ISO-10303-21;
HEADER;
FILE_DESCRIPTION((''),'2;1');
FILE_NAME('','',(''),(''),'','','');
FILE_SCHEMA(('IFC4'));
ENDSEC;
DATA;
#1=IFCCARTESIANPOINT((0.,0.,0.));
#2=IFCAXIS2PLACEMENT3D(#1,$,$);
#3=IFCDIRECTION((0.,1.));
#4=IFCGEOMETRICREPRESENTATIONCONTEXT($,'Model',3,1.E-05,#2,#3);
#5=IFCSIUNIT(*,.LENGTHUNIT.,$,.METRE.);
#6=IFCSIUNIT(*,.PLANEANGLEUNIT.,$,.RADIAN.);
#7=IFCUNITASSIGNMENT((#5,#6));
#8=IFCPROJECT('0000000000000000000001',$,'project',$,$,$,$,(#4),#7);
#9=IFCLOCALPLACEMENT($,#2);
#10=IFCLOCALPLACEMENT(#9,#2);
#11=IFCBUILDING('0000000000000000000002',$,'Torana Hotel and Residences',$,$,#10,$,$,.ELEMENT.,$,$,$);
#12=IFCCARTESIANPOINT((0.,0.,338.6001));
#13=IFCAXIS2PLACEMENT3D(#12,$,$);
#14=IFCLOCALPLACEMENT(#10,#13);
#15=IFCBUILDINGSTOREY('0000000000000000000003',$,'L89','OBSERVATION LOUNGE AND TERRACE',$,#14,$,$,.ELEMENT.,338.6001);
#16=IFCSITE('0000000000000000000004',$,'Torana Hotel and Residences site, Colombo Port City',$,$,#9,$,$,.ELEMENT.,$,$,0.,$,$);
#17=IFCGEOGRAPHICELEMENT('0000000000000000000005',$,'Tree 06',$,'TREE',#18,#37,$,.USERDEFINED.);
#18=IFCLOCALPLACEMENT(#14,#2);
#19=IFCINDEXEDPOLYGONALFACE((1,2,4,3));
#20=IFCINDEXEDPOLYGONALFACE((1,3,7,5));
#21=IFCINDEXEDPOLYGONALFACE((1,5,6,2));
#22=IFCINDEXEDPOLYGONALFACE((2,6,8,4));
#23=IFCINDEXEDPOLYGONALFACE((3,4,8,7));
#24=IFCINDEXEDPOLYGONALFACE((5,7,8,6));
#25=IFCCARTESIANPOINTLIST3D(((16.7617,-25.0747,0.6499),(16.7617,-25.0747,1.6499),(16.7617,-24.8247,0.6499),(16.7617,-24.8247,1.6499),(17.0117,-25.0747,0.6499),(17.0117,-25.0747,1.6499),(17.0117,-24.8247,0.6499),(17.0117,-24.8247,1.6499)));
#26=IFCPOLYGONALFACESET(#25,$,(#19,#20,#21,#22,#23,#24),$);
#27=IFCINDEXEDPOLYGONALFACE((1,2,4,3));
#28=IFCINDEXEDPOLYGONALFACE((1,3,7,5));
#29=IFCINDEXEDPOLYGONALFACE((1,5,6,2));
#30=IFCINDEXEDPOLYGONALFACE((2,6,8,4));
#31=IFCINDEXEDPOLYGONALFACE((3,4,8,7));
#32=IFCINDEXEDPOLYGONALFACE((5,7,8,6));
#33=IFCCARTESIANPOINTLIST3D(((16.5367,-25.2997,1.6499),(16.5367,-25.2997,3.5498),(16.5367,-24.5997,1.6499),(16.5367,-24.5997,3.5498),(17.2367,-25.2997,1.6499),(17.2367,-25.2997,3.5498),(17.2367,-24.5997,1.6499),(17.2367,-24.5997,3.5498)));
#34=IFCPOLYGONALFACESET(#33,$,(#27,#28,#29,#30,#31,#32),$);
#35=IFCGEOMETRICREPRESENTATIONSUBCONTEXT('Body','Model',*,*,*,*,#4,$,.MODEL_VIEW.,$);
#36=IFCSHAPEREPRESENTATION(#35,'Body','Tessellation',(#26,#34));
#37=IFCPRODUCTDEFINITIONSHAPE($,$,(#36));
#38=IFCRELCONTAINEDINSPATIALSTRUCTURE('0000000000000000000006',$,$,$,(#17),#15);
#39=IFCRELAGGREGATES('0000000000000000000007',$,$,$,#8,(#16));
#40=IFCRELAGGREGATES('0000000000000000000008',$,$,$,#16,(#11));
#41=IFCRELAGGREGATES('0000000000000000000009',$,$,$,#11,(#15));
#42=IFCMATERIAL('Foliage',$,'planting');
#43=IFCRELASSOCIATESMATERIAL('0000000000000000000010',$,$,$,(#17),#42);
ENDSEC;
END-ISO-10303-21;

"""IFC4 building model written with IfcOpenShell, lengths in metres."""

from ifc_helpers import new_model, si_unit, direction, frame, origin, origin_2d, place, context, subcontext, project, spatial, rectangle, extrude, material, element, save


model = new_model("IFC4")

# Units and contexts
model_context = context("Model", 3, precision=1e-05, world=origin(), true_north=direction((0.0, 1.0)))
body_context = subcontext(model_context, "Body", "Model", "MODEL_VIEW")
ifc_project = project(units=[si_unit("LENGTHUNIT", "METRE"), si_unit("PLANEANGLEUNIT", "RADIAN")], contexts=[model_context])

# Site, building, storey
site_placement = place(None, origin())
site = spatial("IfcSite", under=ifc_project, at=site_placement, Name="Torana Hotel and Residences site, Colombo Port City", CompositionType="ELEMENT", RefElevation=0.0)
building_placement = place(site_placement, origin())
building = spatial("IfcBuilding", under=site, at=building_placement, Name="Torana Hotel and Residences", CompositionType="ELEMENT")
storey_placement = place(building_placement, frame((0.0, 0.0, 338.6001)))
storey = spatial("IfcBuildingStorey", under=building, at=storey_placement, Name="L89", Description="OBSERVATION LOUNGE AND TERRACE", CompositionType="ELEMENT", Elevation=338.6001)

# Geographic element
ifc_material_1 = material(Name="Foliage", Category="planting")
geographic_element_placement = place(storey_placement, frame((16.8867, -24.9497, 0.6499), z_axis=(0.0, 0.0, 1.0), x_axis=(1.0, 0.0, 0.0)))
element("IfcGeographicElement", 1, at=geographic_element_placement, inside=storey, material=ifc_material_1, Name="Tree 06", ObjectType="TREE", PredefinedType="USERDEFINED", context=body_context, shape_type="SweptSolid", body=[
    extrude(rectangle(XDim=0.25, YDim=0.25, at=origin_2d()), origin(), (0.0, 0.0, 1.0), 1.0),
    extrude(rectangle(XDim=0.7, YDim=0.7, at=origin_2d()), frame((0.0, 0.0, 1.0)), (0.0, 0.0, 1.0), 1.8999),
])

save(model, "model.ifc")
